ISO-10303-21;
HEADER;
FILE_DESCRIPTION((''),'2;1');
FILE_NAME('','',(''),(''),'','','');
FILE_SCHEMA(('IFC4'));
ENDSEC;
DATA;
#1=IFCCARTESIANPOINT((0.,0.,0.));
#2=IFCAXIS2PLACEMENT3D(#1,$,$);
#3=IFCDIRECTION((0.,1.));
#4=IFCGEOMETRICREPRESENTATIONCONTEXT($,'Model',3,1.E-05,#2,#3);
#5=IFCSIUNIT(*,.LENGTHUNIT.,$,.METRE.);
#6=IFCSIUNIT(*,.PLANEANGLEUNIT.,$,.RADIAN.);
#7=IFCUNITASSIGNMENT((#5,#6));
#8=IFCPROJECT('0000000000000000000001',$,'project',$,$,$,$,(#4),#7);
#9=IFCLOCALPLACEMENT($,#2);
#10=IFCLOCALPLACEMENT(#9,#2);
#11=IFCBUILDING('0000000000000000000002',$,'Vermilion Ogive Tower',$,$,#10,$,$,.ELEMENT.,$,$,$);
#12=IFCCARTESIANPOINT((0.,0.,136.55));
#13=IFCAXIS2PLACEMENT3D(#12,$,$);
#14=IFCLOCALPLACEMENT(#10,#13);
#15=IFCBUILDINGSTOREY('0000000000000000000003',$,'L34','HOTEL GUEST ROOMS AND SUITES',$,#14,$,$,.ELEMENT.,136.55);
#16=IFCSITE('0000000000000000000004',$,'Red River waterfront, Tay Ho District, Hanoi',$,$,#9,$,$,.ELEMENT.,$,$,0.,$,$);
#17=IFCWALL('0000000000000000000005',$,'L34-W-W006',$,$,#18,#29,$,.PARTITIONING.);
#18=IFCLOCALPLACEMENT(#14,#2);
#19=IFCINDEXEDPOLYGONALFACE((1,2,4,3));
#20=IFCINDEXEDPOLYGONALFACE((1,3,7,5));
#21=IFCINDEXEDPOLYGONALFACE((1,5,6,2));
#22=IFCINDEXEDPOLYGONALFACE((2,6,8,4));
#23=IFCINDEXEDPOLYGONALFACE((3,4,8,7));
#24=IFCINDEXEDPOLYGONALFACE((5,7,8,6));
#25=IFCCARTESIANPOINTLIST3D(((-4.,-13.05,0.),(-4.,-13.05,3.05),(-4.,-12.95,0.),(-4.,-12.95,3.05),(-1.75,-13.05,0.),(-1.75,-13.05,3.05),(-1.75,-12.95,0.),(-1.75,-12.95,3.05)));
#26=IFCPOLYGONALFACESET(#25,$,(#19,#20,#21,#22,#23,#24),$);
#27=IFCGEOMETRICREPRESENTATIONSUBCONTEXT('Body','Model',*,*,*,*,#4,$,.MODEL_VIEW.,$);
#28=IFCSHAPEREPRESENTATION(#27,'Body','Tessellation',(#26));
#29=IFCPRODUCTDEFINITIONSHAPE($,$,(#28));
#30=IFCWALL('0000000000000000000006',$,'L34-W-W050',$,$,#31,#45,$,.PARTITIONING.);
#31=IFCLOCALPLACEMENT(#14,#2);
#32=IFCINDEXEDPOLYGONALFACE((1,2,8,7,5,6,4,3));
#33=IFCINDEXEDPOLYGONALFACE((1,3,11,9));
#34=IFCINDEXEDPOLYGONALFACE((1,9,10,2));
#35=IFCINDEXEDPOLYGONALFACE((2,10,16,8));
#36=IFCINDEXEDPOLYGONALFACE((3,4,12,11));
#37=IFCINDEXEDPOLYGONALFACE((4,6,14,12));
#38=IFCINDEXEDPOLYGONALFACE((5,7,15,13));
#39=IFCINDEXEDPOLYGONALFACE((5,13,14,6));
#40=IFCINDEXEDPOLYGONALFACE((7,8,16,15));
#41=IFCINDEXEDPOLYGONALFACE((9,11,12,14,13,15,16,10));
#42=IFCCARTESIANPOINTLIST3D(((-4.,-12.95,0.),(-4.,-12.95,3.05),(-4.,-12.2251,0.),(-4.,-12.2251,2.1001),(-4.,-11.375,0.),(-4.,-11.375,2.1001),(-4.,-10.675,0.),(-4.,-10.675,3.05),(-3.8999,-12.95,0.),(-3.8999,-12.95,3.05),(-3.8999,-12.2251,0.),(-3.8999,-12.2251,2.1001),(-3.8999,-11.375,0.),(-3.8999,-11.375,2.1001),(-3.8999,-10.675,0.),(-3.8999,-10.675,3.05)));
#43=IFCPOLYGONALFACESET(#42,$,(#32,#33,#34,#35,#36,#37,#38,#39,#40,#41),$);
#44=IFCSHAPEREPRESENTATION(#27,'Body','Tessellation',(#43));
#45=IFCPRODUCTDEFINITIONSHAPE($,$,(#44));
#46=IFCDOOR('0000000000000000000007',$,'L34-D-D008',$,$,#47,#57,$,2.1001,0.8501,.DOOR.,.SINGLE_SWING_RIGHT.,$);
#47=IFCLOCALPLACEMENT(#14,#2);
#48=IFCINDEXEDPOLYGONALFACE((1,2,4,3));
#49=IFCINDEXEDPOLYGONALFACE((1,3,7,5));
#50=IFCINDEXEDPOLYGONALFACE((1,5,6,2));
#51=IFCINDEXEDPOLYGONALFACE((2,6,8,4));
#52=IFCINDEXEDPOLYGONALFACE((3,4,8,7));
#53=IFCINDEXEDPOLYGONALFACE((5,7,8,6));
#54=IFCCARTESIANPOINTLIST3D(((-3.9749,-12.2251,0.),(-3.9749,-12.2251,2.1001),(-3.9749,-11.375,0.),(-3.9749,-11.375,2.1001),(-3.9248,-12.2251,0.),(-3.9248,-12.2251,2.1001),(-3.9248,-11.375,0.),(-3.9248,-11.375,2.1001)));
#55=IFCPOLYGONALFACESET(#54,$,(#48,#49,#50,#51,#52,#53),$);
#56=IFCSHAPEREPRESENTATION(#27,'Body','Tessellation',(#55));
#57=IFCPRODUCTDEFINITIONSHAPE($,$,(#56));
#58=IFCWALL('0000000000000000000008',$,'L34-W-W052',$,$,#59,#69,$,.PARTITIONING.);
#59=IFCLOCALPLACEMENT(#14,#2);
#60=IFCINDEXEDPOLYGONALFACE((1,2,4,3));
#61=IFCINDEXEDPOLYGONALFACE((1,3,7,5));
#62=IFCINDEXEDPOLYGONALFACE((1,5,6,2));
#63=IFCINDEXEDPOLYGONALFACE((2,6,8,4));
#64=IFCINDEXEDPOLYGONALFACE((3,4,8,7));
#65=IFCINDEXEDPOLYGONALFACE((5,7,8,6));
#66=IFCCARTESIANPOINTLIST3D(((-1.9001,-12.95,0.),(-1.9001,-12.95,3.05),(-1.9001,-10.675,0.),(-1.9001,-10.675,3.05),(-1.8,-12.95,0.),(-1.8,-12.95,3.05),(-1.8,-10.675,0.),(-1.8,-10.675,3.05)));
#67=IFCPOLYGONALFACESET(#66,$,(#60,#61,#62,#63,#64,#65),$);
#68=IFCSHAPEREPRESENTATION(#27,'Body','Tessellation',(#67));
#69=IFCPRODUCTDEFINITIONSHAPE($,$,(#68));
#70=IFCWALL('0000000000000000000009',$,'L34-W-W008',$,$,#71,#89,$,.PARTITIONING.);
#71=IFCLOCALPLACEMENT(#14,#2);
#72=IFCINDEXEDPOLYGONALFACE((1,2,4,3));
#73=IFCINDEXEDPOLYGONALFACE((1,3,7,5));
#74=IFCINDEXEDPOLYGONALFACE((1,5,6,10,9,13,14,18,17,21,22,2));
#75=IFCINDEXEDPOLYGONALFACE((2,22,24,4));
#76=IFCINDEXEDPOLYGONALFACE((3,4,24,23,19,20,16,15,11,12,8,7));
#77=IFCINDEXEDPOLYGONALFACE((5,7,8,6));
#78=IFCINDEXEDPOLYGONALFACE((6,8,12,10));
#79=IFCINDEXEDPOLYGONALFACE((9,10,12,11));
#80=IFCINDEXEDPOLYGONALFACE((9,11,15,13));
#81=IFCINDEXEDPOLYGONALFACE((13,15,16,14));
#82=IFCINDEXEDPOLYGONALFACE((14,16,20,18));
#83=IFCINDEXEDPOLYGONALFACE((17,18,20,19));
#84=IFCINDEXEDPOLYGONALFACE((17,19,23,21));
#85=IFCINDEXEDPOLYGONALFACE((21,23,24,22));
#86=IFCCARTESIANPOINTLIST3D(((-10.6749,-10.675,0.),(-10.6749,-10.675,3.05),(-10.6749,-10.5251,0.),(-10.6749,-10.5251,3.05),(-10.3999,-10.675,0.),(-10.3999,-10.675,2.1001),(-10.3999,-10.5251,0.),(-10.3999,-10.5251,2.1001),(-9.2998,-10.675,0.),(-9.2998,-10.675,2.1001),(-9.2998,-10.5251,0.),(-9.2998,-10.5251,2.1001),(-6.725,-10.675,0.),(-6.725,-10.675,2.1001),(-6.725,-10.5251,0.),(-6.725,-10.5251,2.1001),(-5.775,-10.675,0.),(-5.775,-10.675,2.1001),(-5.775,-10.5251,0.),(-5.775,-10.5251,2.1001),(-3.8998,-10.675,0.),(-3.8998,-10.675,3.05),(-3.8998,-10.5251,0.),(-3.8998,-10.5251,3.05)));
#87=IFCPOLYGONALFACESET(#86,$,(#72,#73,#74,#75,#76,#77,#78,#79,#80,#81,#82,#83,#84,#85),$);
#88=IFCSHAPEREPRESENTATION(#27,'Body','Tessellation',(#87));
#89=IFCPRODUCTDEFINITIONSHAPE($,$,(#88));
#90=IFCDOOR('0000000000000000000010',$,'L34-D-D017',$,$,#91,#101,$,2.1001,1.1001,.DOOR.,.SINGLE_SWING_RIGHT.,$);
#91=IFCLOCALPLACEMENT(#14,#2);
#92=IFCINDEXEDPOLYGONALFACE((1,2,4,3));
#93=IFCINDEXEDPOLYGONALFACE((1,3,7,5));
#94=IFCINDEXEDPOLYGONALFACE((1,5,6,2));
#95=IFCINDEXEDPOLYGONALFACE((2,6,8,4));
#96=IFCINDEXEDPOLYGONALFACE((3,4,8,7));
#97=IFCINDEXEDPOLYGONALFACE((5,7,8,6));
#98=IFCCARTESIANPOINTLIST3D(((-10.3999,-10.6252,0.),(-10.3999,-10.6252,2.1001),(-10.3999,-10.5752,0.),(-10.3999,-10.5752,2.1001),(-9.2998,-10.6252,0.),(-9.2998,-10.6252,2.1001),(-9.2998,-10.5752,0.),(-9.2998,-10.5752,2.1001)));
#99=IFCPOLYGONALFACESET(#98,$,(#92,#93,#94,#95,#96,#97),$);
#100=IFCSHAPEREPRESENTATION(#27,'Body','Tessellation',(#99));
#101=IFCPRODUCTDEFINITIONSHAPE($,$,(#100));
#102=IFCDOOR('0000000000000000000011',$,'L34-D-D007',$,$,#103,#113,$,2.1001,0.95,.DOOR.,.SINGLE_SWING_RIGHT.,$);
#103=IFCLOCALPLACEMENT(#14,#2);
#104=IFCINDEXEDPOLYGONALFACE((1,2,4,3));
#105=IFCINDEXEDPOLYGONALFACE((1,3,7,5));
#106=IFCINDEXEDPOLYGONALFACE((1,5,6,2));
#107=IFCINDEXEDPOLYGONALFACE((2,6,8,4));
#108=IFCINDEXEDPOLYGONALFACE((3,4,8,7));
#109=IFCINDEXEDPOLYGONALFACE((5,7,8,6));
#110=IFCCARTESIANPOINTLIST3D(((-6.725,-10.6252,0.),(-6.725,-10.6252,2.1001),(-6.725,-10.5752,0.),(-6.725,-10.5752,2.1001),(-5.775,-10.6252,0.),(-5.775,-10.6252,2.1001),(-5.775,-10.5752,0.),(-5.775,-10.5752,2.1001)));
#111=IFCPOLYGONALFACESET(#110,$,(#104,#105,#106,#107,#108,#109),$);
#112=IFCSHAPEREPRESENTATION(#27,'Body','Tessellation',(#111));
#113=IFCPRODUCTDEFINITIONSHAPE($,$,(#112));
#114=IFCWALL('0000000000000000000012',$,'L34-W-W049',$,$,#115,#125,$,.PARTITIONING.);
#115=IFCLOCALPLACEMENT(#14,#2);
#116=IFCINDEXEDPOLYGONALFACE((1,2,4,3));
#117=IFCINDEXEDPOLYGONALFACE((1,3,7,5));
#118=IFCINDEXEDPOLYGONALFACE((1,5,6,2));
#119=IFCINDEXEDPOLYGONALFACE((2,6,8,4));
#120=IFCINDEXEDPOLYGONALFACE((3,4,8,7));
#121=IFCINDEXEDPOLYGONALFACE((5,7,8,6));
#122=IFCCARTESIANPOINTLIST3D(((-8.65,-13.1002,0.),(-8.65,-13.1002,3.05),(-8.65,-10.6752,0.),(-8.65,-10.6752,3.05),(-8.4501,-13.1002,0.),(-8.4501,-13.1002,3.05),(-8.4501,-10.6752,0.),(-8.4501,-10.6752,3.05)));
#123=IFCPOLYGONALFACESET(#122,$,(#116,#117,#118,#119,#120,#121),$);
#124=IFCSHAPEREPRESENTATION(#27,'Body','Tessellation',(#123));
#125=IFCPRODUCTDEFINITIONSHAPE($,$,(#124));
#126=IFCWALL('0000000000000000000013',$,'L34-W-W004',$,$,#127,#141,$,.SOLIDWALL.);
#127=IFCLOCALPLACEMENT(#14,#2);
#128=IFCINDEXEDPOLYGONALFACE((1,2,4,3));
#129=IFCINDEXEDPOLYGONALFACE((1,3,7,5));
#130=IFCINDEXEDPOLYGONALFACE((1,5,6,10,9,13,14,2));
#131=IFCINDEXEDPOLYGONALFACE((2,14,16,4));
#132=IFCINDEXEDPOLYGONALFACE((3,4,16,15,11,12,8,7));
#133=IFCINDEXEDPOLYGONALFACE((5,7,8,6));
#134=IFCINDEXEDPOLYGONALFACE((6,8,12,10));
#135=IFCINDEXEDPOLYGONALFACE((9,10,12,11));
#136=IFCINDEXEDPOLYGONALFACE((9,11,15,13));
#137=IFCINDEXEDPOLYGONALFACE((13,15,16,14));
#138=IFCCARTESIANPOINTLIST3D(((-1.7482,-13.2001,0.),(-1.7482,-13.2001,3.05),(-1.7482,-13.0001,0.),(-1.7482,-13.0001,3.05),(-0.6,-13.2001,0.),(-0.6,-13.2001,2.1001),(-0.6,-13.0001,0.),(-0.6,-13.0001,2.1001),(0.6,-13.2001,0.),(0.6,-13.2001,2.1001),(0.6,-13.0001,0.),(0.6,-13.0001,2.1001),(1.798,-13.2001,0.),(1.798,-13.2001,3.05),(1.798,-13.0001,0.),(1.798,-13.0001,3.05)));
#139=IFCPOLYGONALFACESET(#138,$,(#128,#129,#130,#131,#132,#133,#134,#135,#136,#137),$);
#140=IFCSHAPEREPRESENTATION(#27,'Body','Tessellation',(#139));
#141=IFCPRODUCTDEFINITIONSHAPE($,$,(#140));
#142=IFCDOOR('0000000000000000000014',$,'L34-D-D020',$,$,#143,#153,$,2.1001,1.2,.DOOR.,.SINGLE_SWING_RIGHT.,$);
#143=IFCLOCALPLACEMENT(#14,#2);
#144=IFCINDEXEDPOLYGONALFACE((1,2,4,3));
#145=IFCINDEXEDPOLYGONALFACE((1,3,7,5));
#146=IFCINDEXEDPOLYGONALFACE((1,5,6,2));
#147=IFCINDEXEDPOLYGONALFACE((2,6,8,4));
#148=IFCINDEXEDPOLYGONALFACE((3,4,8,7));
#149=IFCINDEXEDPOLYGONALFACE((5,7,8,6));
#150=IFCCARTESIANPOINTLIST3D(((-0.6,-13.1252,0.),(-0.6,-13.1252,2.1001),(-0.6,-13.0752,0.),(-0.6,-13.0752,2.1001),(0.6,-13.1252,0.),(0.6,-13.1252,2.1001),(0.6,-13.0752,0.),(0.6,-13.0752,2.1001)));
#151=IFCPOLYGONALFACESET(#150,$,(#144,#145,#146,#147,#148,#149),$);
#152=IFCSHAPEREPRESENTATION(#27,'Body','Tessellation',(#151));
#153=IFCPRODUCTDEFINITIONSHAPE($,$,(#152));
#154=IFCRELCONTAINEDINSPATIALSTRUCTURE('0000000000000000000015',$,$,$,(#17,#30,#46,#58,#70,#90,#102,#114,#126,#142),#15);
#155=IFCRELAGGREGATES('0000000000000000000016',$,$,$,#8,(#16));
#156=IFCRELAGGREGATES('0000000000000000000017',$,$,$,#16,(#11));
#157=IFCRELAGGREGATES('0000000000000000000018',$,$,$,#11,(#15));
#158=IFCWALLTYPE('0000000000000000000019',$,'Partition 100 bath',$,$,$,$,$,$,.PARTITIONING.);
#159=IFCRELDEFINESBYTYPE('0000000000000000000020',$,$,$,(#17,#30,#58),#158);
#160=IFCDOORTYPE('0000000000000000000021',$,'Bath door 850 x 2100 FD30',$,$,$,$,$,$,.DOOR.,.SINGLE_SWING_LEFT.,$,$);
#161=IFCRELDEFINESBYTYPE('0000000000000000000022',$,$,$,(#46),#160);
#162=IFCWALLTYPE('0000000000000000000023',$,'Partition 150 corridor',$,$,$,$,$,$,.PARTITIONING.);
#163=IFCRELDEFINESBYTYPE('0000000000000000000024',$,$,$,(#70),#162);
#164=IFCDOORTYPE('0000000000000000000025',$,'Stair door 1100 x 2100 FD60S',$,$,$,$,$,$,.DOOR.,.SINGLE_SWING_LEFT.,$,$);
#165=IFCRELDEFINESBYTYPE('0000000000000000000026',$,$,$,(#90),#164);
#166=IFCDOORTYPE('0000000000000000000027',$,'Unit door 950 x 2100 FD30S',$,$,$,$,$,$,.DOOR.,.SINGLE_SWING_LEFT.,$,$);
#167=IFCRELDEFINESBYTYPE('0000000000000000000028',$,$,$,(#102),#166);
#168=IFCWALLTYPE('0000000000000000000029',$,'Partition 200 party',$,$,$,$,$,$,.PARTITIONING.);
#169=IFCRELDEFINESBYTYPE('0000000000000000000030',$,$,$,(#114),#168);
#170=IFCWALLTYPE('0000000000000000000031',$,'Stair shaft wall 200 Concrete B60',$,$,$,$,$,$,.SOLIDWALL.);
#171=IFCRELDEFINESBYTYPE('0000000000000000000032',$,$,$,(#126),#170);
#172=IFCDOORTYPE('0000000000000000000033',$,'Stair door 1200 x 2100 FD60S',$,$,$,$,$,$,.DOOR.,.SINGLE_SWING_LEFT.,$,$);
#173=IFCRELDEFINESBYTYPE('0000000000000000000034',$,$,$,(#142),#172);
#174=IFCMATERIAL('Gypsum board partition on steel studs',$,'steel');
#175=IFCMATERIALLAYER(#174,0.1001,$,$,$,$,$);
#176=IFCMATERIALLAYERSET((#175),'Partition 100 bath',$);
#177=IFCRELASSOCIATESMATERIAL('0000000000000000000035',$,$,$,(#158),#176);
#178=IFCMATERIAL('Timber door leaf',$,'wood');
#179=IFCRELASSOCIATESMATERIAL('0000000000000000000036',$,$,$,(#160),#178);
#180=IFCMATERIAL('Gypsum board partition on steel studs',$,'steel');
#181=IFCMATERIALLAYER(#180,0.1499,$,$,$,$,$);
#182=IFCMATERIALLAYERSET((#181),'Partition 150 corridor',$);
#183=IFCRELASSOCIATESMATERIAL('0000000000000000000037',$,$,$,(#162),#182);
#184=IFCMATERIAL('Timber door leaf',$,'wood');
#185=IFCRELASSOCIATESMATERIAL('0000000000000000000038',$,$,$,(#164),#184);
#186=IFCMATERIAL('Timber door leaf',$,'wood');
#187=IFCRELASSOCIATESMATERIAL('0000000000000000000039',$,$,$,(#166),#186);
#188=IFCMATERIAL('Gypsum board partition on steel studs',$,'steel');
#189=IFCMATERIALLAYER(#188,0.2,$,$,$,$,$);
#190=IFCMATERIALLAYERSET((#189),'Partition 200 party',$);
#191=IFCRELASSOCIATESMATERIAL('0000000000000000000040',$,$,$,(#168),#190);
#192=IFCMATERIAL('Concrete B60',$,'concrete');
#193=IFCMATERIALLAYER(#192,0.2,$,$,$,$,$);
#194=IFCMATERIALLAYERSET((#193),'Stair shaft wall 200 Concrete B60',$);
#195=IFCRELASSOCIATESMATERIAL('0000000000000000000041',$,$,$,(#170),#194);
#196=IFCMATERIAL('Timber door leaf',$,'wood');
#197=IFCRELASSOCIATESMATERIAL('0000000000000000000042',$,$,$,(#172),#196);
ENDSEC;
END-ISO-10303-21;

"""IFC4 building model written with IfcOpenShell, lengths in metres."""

from ifc_helpers import new_model, si_unit, direction, frame, frame_2d, origin, place, context, subcontext, project, spatial, rectangle, extrude, material, layer, layer_set, type_object, element, fill, save


model = new_model("IFC4")

# Units and contexts
model_context = context("Model", 3, precision=1e-05, world=origin(), true_north=direction((0.0, 1.0)))
body_context = subcontext(model_context, "Body", "Model", "MODEL_VIEW")
ifc_project = project(units=[si_unit("LENGTHUNIT", "METRE"), si_unit("PLANEANGLEUNIT", "RADIAN")], contexts=[model_context])

# Site, building, storey
site_placement = place(None, origin())
site = spatial("IfcSite", under=ifc_project, at=site_placement, Name="Red River waterfront, Tay Ho District, Hanoi", CompositionType="ELEMENT", RefElevation=0.0)
building_placement = place(site_placement, origin())
building = spatial("IfcBuilding", under=site, at=building_placement, Name="Vermilion Ogive Tower", CompositionType="ELEMENT")
storey_placement = place(building_placement, frame((0.0, 0.0, 136.55)))
storey = spatial("IfcBuildingStorey", under=building, at=storey_placement, Name="L34", Description="HOTEL GUEST ROOMS AND SUITES", CompositionType="ELEMENT", Elevation=136.55)

# Wall
ifc_material_1 = material(Name="Gypsum board partition on steel studs", Category="steel")
ifc_layer_1 = layer(ifc_material_1, 0.1001)
ifc_layer_set_1 = layer_set([ifc_layer_1], Name="Partition 100 bath")
wall_type_1 = type_object("IfcWallType", Name="Partition 100 bath", PredefinedType="PARTITIONING", material=ifc_layer_set_1)
wall_1_placement = place(storey_placement, frame((-4.0, -13.0, 0.0), z_axis=(0.0, 0.0, 1.0), x_axis=(1.0, 0.0, 0.0)))
element("IfcWall", 1, at=wall_1_placement, inside=storey, type_object=wall_type_1, Name="L34-W-W006", PredefinedType="PARTITIONING", context=body_context, shape_type="SweptSolid", body=[
    extrude(rectangle(XDim=2.25, YDim=0.1001, at=frame_2d((1.125, 0.0))), origin(), (0.0, 0.0, 1.0), 3.05),
])

# Wall, opening, door
wall_2_placement = place(storey_placement, frame((-3.95, -12.95, 0.0), z_axis=(0.0, 0.0, 1.0), x_axis=(0.0, 1.0, 0.0)))
wall_2 = element("IfcWall", 2, at=wall_2_placement, inside=storey, type_object=wall_type_1, Name="L34-W-W050", PredefinedType="PARTITIONING", context=body_context, shape_type="SweptSolid", body=[
    extrude(rectangle(XDim=2.2749, YDim=0.1001, at=frame_2d((1.1375, 0.0))), origin(), (0.0, 0.0, 1.0), 3.05),
])
opening_1_placement = place(wall_2_placement, frame((0.7249, 0.0, 0.0)))
opening_1 = element("IfcOpeningElement", 3, at=opening_1_placement, cuts=wall_2, PredefinedType="OPENING", context=body_context, shape_type="SweptSolid", body=[
    extrude(rectangle(XDim=0.8501, YDim=2.1001, at=frame_2d((0.425, 1.05))), frame((0.0, 0.0601, 0.0), z_axis=(0.0, -1.0, 0.0), x_axis=(1.0, 0.0, 0.0)), (0.0, 0.0, 1.0), 0.1201),
])
ifc_material_2 = material(Name="Timber door leaf", Category="wood")
door_type_1 = type_object("IfcDoorType", Name="Bath door 850 x 2100 FD30", OperationType="SINGLE_SWING_LEFT", PredefinedType="DOOR", material=ifc_material_2)
door_1_placement = place(opening_1_placement, origin())
door_1 = element("IfcDoor", 4, at=door_1_placement, inside=storey, type_object=door_type_1, Name="L34-D-D008", OperationType="SINGLE_SWING_RIGHT", OverallHeight=2.1001, OverallWidth=0.8501, PredefinedType="DOOR", context=body_context, shape_type="SweptSolid", body=[
    extrude(rectangle(XDim=0.8501, YDim=2.1001, at=frame_2d((0.425, 1.05))), frame((0.0, 0.0249, 0.0), z_axis=(0.0, -1.0, 0.0), x_axis=(1.0, 0.0, 0.0)), (0.0, 0.0, 1.0), 0.05),
])
fill(opening_1, door_1)

# Wall
wall_3_placement = place(storey_placement, frame((-1.8501, -12.95, 0.0), z_axis=(0.0, 0.0, 1.0), x_axis=(0.0, 1.0, 0.0)))
element("IfcWall", 5, at=wall_3_placement, inside=storey, type_object=wall_type_1, Name="L34-W-W052", PredefinedType="PARTITIONING", context=body_context, shape_type="SweptSolid", body=[
    extrude(rectangle(XDim=2.2749, YDim=0.1001, at=frame_2d((1.1375, 0.0))), origin(), (0.0, 0.0, 1.0), 3.05),
])

# Wall, openings, doors
ifc_material_3 = material(Name="Gypsum board partition on steel studs", Category="steel")
ifc_layer_2 = layer(ifc_material_3, 0.1499)
ifc_layer_set_2 = layer_set([ifc_layer_2], Name="Partition 150 corridor")
wall_type_2 = type_object("IfcWallType", Name="Partition 150 corridor", PredefinedType="PARTITIONING", material=ifc_layer_set_2)
wall_4_placement = place(storey_placement, frame((-10.675, -10.6001, 0.0), z_axis=(0.0, 0.0, 1.0), x_axis=(1.0, 0.0, 0.0)))
wall_4 = element("IfcWall", 6, at=wall_4_placement, inside=storey, type_object=wall_type_2, Name="L34-W-W008", PredefinedType="PARTITIONING", context=body_context, shape_type="SweptSolid", body=[
    extrude(rectangle(XDim=6.7751, YDim=0.1499, at=frame_2d((3.3877, 0.0))), origin(), (0.0, 0.0, 1.0), 3.05),
])
opening_2_placement = place(wall_4_placement, frame((3.95, 0.0, 0.0)))
opening_2 = element("IfcOpeningElement", 7, at=opening_2_placement, cuts=wall_4, PredefinedType="OPENING", context=body_context, shape_type="SweptSolid", body=[
    extrude(rectangle(XDim=0.95, YDim=2.1001, at=frame_2d((0.4751, 1.05))), frame((0.0, 0.085, 0.0), z_axis=(0.0, -1.0, 0.0), x_axis=(1.0, 0.0, 0.0)), (0.0, 0.0, 1.0), 0.1699),
])
opening_3_placement = place(wall_4_placement, frame((0.2751, 0.0, 0.0)))
opening_3 = element("IfcOpeningElement", 8, at=opening_3_placement, cuts=wall_4, PredefinedType="OPENING", context=body_context, shape_type="SweptSolid", body=[
    extrude(rectangle(XDim=1.1001, YDim=2.1001, at=frame_2d((0.55, 1.05))), frame((0.0, 0.085, 0.0), z_axis=(0.0, -1.0, 0.0), x_axis=(1.0, 0.0, 0.0)), (0.0, 0.0, 1.0), 0.1699),
])
ifc_material_4 = material(Name="Timber door leaf", Category="wood")
door_type_2 = type_object("IfcDoorType", Name="Stair door 1100 x 2100 FD60S", OperationType="SINGLE_SWING_LEFT", PredefinedType="DOOR", material=ifc_material_4)
door_2_placement = place(opening_3_placement, origin())
door_2 = element("IfcDoor", 9, at=door_2_placement, inside=storey, type_object=door_type_2, Name="L34-D-D017", OperationType="SINGLE_SWING_RIGHT", OverallHeight=2.1001, OverallWidth=1.1001, PredefinedType="DOOR", context=body_context, shape_type="SweptSolid", body=[
    extrude(rectangle(XDim=1.1001, YDim=2.1001, at=frame_2d((0.55, 1.05))), frame((0.0, 0.0249, 0.0), z_axis=(0.0, -1.0, 0.0), x_axis=(1.0, 0.0, 0.0)), (0.0, 0.0, 1.0), 0.05),
])
fill(opening_3, door_2)
ifc_material_5 = material(Name="Timber door leaf", Category="wood")
door_type_3 = type_object("IfcDoorType", Name="Unit door 950 x 2100 FD30S", OperationType="SINGLE_SWING_LEFT", PredefinedType="DOOR", material=ifc_material_5)
door_3_placement = place(opening_2_placement, origin())
door_3 = element("IfcDoor", 10, at=door_3_placement, inside=storey, type_object=door_type_3, Name="L34-D-D007", OperationType="SINGLE_SWING_RIGHT", OverallHeight=2.1001, OverallWidth=0.95, PredefinedType="DOOR", context=body_context, shape_type="SweptSolid", body=[
    extrude(rectangle(XDim=0.95, YDim=2.1001, at=frame_2d((0.4751, 1.05))), frame((0.0, 0.0249, 0.0), z_axis=(0.0, -1.0, 0.0), x_axis=(1.0, 0.0, 0.0)), (0.0, 0.0, 1.0), 0.05),
])
fill(opening_2, door_3)

# Wall
ifc_material_6 = material(Name="Gypsum board partition on steel studs", Category="steel")
ifc_layer_3 = layer(ifc_material_6, 0.2)
ifc_layer_set_3 = layer_set([ifc_layer_3], Name="Partition 200 party")
wall_type_3 = type_object("IfcWallType", Name="Partition 200 party", PredefinedType="PARTITIONING", material=ifc_layer_set_3)
wall_5_placement = place(storey_placement, frame((-8.55, -13.1001, 0.0), z_axis=(0.0, 0.0, 1.0), x_axis=(0.0, 1.0, 0.0)))
element("IfcWall", 11, at=wall_5_placement, inside=storey, type_object=wall_type_3, Name="L34-W-W049", PredefinedType="PARTITIONING", context=body_context, shape_type="SweptSolid", body=[
    extrude(rectangle(XDim=2.425, YDim=0.2, at=frame_2d((1.2124, 0.0))), origin(), (0.0, 0.0, 1.0), 3.05),
])

# Wall, opening, door
ifc_material_7 = material(Name="Concrete B60", Category="concrete")
ifc_layer_4 = layer(ifc_material_7, 0.2)
ifc_layer_set_4 = layer_set([ifc_layer_4], Name="Stair shaft wall 200 Concrete B60")
wall_type_4 = type_object("IfcWallType", Name="Stair shaft wall 200 Concrete B60", PredefinedType="SOLIDWALL", material=ifc_layer_set_4)
wall_6_placement = place(storey_placement, frame((-1.748, -13.1001, 0.0), z_axis=(0.0, 0.0, 1.0), x_axis=(1.0, 0.0, 0.0)))
wall_6 = element("IfcWall", 12, at=wall_6_placement, inside=storey, type_object=wall_type_4, Name="L34-W-W004", PredefinedType="SOLIDWALL", context=body_context, shape_type="SweptSolid", body=[
    extrude(rectangle(XDim=3.5461, YDim=0.2, at=frame_2d((1.7729, 0.0))), origin(), (0.0, 0.0, 1.0), 3.05),
])
opening_4_placement = place(wall_6_placement, frame((1.1479, 0.0, 0.0)))
opening_4 = element("IfcOpeningElement", 13, at=opening_4_placement, cuts=wall_6, PredefinedType="OPENING", context=body_context, shape_type="SweptSolid", body=[
    extrude(rectangle(XDim=1.2, YDim=2.1001, at=frame_2d((0.6001, 1.05))), frame((0.0, 0.1099, 0.0), z_axis=(0.0, -1.0, 0.0), x_axis=(1.0, 0.0, 0.0)), (0.0, 0.0, 1.0), 0.22),
])
ifc_material_8 = material(Name="Timber door leaf", Category="wood")
door_type_4 = type_object("IfcDoorType", Name="Stair door 1200 x 2100 FD60S", OperationType="SINGLE_SWING_LEFT", PredefinedType="DOOR", material=ifc_material_8)
door_4_placement = place(opening_4_placement, origin())
door_4 = element("IfcDoor", 14, at=door_4_placement, inside=storey, type_object=door_type_4, Name="L34-D-D020", OperationType="SINGLE_SWING_RIGHT", OverallHeight=2.1001, OverallWidth=1.2, PredefinedType="DOOR", context=body_context, shape_type="SweptSolid", body=[
    extrude(rectangle(XDim=1.2, YDim=2.1001, at=frame_2d((0.6001, 1.05))), frame((0.0, 0.0249, 0.0), z_axis=(0.0, -1.0, 0.0), x_axis=(1.0, 0.0, 0.0)), (0.0, 0.0, 1.0), 0.05),
])
fill(opening_4, door_4)

save(model, "model.ifc")
